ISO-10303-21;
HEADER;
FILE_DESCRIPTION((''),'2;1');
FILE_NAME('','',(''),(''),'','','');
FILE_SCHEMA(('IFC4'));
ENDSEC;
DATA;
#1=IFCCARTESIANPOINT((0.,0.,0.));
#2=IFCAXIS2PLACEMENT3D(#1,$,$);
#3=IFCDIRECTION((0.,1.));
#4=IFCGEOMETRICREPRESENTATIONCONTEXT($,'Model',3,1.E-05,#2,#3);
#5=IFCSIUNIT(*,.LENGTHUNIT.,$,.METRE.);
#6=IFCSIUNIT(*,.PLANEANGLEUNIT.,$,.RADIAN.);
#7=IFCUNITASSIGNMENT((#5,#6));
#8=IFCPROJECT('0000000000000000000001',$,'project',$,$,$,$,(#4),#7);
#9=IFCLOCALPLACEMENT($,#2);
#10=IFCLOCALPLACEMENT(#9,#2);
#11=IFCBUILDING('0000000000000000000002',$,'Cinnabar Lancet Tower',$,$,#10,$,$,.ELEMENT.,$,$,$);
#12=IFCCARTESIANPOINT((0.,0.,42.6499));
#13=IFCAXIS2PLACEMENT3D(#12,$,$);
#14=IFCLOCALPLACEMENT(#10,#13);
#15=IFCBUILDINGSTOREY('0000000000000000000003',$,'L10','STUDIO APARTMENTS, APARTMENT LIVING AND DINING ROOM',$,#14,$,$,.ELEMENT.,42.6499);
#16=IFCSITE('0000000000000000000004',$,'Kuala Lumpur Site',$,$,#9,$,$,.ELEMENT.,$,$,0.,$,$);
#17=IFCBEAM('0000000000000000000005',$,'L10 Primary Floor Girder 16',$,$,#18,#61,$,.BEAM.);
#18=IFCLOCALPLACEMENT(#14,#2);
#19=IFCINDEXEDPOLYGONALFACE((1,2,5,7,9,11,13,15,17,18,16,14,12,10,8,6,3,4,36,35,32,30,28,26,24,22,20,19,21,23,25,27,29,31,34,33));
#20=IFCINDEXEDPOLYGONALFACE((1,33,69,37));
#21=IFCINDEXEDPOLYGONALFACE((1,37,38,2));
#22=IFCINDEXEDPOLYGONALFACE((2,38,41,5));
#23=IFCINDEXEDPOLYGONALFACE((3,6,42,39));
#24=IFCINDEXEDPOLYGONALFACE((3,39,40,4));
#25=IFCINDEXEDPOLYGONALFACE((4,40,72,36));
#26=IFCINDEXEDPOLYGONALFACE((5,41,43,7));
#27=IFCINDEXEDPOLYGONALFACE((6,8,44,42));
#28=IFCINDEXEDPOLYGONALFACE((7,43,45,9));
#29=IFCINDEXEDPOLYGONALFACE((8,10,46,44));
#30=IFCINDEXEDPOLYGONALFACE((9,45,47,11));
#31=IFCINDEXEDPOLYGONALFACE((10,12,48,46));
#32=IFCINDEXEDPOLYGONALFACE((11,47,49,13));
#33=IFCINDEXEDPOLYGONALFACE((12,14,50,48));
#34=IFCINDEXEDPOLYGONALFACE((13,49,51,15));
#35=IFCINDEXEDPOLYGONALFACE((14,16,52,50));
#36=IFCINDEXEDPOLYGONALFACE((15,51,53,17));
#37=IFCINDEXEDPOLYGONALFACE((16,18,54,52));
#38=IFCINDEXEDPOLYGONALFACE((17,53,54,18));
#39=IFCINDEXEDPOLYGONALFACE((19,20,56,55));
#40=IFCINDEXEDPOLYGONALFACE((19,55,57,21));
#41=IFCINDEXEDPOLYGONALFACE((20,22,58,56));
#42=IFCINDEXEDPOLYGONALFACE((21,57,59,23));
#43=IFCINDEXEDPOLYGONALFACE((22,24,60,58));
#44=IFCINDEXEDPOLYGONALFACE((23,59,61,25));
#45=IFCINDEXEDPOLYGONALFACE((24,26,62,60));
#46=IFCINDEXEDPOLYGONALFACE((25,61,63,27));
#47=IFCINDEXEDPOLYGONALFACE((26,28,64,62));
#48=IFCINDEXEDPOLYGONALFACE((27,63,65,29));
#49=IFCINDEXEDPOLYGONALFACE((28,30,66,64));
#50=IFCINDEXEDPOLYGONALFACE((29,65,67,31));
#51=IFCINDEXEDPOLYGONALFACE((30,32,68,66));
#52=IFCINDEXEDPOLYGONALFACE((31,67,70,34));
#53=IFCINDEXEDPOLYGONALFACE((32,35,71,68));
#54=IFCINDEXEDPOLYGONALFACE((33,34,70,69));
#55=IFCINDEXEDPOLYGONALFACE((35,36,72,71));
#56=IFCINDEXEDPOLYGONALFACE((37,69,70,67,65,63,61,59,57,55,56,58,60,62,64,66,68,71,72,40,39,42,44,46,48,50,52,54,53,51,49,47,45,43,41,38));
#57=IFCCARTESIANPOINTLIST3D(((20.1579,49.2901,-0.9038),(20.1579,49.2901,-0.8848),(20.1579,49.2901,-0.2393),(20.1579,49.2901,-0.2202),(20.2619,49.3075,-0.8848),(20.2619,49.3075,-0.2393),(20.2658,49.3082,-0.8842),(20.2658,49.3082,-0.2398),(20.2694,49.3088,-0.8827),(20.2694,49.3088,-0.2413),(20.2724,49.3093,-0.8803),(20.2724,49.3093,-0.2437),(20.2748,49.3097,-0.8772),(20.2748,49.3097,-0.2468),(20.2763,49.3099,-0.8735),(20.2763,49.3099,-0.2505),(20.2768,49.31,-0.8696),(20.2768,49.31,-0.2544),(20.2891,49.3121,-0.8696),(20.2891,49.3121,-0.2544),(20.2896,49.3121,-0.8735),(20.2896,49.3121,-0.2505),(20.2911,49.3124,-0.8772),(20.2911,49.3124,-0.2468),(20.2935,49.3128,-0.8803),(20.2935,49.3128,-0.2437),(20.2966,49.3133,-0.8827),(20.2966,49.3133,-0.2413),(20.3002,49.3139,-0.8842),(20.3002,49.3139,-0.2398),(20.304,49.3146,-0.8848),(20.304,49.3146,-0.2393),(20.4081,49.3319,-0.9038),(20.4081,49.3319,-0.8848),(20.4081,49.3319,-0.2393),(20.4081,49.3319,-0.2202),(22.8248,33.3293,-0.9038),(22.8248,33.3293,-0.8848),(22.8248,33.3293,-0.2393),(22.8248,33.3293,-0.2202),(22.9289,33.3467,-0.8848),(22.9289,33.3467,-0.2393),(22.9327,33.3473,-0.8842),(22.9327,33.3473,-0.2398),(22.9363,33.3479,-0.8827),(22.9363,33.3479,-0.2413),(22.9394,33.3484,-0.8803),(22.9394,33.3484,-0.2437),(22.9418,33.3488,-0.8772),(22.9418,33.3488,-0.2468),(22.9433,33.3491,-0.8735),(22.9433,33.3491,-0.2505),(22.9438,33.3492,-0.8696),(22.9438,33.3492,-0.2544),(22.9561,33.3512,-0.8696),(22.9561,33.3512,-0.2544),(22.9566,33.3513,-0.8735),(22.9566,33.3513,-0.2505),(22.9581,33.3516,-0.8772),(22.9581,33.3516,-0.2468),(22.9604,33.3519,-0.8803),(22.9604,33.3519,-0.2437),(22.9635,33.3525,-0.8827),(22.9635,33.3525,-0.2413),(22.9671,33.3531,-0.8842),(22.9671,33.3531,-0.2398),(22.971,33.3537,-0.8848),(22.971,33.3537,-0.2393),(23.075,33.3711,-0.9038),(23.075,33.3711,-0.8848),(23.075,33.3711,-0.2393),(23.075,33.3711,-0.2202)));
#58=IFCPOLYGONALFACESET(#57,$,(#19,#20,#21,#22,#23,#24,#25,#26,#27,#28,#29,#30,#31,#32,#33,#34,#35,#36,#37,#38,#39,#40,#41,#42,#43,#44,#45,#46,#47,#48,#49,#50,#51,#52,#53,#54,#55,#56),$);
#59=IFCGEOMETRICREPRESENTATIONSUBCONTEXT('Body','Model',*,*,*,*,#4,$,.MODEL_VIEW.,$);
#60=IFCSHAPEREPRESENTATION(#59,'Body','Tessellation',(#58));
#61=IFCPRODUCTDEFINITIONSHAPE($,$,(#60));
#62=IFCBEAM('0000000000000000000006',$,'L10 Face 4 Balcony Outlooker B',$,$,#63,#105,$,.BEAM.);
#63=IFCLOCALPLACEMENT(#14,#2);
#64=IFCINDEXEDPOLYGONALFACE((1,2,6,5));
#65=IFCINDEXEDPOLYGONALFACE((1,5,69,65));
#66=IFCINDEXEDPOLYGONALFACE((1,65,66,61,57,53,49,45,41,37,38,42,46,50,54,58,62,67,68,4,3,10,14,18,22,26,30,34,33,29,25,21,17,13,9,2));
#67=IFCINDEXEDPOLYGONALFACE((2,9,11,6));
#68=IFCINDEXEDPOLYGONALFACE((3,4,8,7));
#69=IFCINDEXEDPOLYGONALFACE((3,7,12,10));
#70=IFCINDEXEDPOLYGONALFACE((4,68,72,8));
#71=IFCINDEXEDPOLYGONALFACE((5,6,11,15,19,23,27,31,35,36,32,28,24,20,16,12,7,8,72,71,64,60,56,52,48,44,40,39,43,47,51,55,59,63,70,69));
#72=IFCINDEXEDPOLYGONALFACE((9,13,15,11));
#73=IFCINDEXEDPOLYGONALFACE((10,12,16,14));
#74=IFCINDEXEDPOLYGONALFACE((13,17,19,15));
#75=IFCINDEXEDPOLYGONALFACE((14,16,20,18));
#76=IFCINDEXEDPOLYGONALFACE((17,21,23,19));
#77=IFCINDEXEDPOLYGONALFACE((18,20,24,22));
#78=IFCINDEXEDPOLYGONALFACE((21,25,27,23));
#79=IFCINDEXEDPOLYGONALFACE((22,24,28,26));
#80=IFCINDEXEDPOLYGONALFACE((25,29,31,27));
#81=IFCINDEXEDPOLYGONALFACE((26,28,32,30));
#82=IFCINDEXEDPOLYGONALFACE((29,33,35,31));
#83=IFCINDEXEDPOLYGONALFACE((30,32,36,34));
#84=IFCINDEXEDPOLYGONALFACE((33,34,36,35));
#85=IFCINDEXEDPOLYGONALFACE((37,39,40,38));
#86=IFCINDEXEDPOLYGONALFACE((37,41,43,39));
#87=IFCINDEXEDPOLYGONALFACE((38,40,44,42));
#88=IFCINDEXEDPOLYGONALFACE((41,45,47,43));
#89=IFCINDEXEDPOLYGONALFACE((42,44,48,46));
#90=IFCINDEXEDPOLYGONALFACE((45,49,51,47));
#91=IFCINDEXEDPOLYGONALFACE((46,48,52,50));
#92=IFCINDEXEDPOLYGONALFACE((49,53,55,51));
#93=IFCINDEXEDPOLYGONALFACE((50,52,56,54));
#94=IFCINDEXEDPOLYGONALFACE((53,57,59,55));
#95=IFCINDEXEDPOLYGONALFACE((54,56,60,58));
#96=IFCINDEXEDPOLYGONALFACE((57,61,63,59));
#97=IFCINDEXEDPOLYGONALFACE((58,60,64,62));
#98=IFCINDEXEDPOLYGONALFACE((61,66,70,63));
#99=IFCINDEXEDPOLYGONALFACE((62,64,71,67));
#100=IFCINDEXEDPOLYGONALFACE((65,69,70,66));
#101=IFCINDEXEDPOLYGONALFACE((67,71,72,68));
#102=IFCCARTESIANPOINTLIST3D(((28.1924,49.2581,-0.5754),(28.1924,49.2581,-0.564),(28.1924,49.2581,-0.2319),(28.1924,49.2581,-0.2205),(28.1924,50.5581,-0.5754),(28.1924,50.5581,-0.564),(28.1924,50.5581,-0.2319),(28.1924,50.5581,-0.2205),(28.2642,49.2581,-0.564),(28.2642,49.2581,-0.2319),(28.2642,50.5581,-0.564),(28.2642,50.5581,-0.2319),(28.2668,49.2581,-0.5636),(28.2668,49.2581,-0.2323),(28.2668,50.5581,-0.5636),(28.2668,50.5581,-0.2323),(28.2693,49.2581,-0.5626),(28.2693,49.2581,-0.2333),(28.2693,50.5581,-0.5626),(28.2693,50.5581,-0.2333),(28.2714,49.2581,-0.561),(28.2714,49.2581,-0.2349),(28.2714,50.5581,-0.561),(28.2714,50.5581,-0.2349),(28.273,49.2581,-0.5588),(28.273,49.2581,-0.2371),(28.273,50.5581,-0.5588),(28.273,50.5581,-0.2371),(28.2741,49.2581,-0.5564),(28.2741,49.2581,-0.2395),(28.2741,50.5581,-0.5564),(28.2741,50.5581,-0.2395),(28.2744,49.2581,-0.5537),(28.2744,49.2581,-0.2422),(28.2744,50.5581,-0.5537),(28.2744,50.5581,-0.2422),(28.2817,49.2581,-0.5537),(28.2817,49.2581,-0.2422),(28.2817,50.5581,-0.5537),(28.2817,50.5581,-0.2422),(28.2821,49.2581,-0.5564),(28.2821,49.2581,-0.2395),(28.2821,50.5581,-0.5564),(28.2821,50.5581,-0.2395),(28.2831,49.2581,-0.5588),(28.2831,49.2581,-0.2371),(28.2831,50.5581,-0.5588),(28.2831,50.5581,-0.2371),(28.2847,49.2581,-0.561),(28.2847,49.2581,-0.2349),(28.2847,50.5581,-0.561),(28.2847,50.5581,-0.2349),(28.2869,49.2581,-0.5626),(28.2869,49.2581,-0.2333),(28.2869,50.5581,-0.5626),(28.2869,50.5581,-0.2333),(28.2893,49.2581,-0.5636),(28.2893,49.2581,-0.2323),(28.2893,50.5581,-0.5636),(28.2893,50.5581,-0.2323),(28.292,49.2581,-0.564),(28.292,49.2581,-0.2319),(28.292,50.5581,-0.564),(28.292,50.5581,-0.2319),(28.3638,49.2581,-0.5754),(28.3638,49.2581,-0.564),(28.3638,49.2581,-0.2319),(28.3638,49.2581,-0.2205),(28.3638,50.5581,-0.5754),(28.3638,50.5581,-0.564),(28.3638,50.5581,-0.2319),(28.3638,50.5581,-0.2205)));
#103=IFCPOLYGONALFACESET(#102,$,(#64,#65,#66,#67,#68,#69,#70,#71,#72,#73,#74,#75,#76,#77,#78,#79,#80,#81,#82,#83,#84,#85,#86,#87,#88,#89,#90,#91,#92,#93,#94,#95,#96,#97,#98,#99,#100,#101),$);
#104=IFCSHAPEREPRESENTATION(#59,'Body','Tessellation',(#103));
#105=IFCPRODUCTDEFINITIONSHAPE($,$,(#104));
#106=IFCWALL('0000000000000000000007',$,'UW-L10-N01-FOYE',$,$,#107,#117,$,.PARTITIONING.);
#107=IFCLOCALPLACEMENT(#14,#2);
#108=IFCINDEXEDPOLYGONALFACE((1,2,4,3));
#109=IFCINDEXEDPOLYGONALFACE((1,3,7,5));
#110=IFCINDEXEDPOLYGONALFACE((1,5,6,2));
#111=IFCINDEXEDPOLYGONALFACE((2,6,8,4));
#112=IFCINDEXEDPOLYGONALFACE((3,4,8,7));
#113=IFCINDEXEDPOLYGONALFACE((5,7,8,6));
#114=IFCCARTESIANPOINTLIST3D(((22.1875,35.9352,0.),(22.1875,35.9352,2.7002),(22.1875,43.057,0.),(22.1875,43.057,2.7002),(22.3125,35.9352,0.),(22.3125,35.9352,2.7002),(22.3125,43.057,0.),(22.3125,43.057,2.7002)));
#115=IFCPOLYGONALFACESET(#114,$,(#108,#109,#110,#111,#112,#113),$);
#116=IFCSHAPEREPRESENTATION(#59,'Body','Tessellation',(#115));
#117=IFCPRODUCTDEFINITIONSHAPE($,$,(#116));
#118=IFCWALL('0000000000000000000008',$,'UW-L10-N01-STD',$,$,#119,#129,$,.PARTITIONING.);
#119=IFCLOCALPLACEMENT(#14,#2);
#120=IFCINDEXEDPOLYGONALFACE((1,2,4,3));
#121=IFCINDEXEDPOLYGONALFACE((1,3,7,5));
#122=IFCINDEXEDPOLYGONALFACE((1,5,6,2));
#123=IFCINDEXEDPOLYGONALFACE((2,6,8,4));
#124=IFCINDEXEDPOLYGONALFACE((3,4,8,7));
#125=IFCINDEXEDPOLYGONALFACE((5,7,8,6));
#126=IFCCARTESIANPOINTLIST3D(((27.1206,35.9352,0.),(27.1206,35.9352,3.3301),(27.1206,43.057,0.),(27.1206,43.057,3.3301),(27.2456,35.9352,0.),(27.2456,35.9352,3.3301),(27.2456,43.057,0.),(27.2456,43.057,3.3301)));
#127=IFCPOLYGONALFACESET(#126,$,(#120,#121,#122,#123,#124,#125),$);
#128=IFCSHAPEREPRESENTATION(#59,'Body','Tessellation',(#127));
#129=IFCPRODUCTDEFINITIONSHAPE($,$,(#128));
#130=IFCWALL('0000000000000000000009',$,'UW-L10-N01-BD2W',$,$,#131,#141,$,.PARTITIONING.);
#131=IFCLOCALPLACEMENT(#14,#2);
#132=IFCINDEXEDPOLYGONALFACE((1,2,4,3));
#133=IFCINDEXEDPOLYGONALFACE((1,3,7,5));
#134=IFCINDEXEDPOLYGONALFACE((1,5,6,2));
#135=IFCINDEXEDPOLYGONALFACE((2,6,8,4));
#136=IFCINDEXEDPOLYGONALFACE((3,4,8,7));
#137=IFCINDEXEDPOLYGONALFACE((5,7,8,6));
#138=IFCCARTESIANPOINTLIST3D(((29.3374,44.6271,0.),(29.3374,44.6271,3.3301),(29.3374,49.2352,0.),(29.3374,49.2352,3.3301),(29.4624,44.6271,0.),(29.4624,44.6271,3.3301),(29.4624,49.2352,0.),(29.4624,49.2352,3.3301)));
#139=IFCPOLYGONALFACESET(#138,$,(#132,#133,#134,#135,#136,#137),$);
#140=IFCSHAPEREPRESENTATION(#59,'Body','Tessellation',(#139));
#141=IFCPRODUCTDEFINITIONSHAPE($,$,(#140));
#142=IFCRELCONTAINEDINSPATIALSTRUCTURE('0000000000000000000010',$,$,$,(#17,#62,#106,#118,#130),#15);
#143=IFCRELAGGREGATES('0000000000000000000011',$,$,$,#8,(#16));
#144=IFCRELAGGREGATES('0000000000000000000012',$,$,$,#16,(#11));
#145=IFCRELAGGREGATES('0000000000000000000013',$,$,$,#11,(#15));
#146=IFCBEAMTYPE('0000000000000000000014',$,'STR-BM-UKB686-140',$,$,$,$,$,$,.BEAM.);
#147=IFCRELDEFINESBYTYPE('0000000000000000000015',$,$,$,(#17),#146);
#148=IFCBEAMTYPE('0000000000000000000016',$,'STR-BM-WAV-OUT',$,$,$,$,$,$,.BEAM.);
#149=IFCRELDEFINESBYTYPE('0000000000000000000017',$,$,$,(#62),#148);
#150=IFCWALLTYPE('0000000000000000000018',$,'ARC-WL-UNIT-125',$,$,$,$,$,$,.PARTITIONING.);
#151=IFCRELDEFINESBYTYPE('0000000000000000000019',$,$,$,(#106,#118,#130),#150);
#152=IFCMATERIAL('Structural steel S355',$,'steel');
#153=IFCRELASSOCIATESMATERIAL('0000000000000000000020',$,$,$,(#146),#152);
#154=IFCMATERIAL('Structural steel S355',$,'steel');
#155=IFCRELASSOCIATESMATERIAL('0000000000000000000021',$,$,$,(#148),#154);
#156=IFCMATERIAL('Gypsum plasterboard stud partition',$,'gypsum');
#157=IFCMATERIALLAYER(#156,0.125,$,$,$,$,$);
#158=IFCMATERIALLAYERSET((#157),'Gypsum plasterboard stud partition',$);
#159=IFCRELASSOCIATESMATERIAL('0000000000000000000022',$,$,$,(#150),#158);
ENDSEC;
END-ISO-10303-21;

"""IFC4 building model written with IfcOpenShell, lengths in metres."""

from ifc_helpers import new_model, si_unit, direction, frame, frame_2d, origin, origin_2d, place, context, subcontext, project, spatial, rectangle, i_section, extrude, material, layer, layer_set, material_profile, profile_set, type_object, element, save


model = new_model("IFC4")

# Units and contexts
model_context = context("Model", 3, precision=1e-05, world=origin(), true_north=direction((0.0, 1.0)))
body_context = subcontext(model_context, "Body", "Model", "MODEL_VIEW")
ifc_project = project(units=[si_unit("LENGTHUNIT", "METRE"), si_unit("PLANEANGLEUNIT", "RADIAN")], contexts=[model_context])

# Site, building, storey
site_placement = place(None, origin())
site = spatial("IfcSite", under=ifc_project, at=site_placement, Name="Kuala Lumpur Site", CompositionType="ELEMENT", RefElevation=0.0)
building_placement = place(site_placement, origin())
building = spatial("IfcBuilding", under=site, at=building_placement, Name="Cinnabar Lancet Tower", CompositionType="ELEMENT")
storey_placement = place(building_placement, frame((0.0, 0.0, 42.6499)))
storey = spatial("IfcBuildingStorey", under=building, at=storey_placement, Name="L10", Description="STUDIO APARTMENTS, APARTMENT LIVING AND DINING ROOM", CompositionType="ELEMENT", Elevation=42.6499)

# Beams
ifc_material_1 = material(Name="Structural steel S355", Category="steel")
ifc_material_profile_1 = material_profile(ifc_material_1, i_section(OverallWidth=0.2537, OverallDepth=0.6836, WebThickness=0.0125, FlangeThickness=0.019, FilletRadius=0.0151, at=origin_2d()), Name="UKB 686x254x140")
ifc_profile_set_1 = profile_set([ifc_material_profile_1], Name="Structural steel S355")
beam_type_1 = type_object("IfcBeamType", Name="STR-BM-UKB686-140", PredefinedType="BEAM", material=ifc_profile_set_1)
beam_1_placement = place(storey_placement, frame((20.283, 49.311, -0.562), z_axis=(0.16481, -0.986325, 0.0), x_axis=(0.986325, 0.16481, 0.0)))
element("IfcBeam", 1, at=beam_1_placement, inside=storey, type_object=beam_type_1, Name="L10 Primary Floor Girder 16", PredefinedType="BEAM", context=body_context, shape_type="SweptSolid", body=[
    extrude(i_section(OverallWidth=0.2537, OverallDepth=0.6836, WebThickness=0.0125, FlangeThickness=0.019, FilletRadius=0.0151, at=origin_2d()), origin(), (0.0, 0.0, 1.0), 16.1821),
])
ifc_material_2 = material(Name="Structural steel S355", Category="steel")
ifc_material_profile_2 = material_profile(ifc_material_2, i_section(OverallWidth=0.1714, OverallDepth=0.355, WebThickness=0.0073, FlangeThickness=0.0115, FilletRadius=0.0103, at=origin_2d()), Name="UKB 356x171x51")
ifc_profile_set_2 = profile_set([ifc_material_profile_2], Name="Structural steel S355")
beam_type_2 = type_object("IfcBeamType", Name="STR-BM-WAV-OUT", PredefinedType="BEAM", material=ifc_profile_set_2)
beam_2_placement = place(storey_placement, frame((28.2781, 49.2581, -0.3979), z_axis=(0.0, 1.0, 0.0), x_axis=(-1.0, 0.0, 0.0)))
element("IfcBeam", 2, at=beam_2_placement, inside=storey, type_object=beam_type_2, Name="L10 Face 4 Balcony Outlooker B", PredefinedType="BEAM", context=body_context, shape_type="SweptSolid", body=[
    extrude(i_section(OverallWidth=0.1714, OverallDepth=0.355, WebThickness=0.0073, FlangeThickness=0.0115, FilletRadius=0.0103, at=origin_2d()), origin(), (0.0, 0.0, 1.0), 1.3),
])

# Walls
ifc_material_3 = material(Name="Gypsum plasterboard stud partition", Category="gypsum")
ifc_layer_1 = layer(ifc_material_3, 0.125)
ifc_layer_set_1 = layer_set([ifc_layer_1], Name="Gypsum plasterboard stud partition")
wall_type_1 = type_object("IfcWallType", Name="ARC-WL-UNIT-125", PredefinedType="PARTITIONING", material=ifc_layer_set_1)
wall_1_placement = place(storey_placement, frame((22.25, 35.9351, 0.0), z_axis=(0.0, 0.0, 1.0), x_axis=(0.0, 1.0, 0.0)))
element("IfcWall", 3, at=wall_1_placement, inside=storey, type_object=wall_type_1, Name="UW-L10-N01-FOYE", PredefinedType="PARTITIONING", context=body_context, shape_type="SweptSolid", body=[
    extrude(rectangle(XDim=7.1218, YDim=0.125, at=frame_2d((3.561, 0.0))), origin(), (0.0, 0.0, 1.0), 2.7002),
])
wall_2_placement = place(storey_placement, frame((27.1831, 35.9351, 0.0), z_axis=(0.0, 0.0, 1.0), x_axis=(0.0, 1.0, 0.0)))
element("IfcWall", 4, at=wall_2_placement, inside=storey, type_object=wall_type_1, Name="UW-L10-N01-STD", PredefinedType="PARTITIONING", context=body_context, shape_type="SweptSolid", body=[
    extrude(rectangle(XDim=7.1218, YDim=0.125, at=frame_2d((3.561, 0.0))), origin(), (0.0, 0.0, 1.0), 3.3301),
])
wall_3_placement = place(storey_placement, frame((29.3999, 44.627, 0.0), z_axis=(0.0, 0.0, 1.0), x_axis=(0.0, 1.0, 0.0)))
element("IfcWall", 5, at=wall_3_placement, inside=storey, type_object=wall_type_1, Name="UW-L10-N01-BD2W", PredefinedType="PARTITIONING", context=body_context, shape_type="SweptSolid", body=[
    extrude(rectangle(XDim=4.6082, YDim=0.125, at=frame_2d((2.3042, 0.0))), origin(), (0.0, 0.0, 1.0), 3.3301),
])

save(model, "model.ifc")
